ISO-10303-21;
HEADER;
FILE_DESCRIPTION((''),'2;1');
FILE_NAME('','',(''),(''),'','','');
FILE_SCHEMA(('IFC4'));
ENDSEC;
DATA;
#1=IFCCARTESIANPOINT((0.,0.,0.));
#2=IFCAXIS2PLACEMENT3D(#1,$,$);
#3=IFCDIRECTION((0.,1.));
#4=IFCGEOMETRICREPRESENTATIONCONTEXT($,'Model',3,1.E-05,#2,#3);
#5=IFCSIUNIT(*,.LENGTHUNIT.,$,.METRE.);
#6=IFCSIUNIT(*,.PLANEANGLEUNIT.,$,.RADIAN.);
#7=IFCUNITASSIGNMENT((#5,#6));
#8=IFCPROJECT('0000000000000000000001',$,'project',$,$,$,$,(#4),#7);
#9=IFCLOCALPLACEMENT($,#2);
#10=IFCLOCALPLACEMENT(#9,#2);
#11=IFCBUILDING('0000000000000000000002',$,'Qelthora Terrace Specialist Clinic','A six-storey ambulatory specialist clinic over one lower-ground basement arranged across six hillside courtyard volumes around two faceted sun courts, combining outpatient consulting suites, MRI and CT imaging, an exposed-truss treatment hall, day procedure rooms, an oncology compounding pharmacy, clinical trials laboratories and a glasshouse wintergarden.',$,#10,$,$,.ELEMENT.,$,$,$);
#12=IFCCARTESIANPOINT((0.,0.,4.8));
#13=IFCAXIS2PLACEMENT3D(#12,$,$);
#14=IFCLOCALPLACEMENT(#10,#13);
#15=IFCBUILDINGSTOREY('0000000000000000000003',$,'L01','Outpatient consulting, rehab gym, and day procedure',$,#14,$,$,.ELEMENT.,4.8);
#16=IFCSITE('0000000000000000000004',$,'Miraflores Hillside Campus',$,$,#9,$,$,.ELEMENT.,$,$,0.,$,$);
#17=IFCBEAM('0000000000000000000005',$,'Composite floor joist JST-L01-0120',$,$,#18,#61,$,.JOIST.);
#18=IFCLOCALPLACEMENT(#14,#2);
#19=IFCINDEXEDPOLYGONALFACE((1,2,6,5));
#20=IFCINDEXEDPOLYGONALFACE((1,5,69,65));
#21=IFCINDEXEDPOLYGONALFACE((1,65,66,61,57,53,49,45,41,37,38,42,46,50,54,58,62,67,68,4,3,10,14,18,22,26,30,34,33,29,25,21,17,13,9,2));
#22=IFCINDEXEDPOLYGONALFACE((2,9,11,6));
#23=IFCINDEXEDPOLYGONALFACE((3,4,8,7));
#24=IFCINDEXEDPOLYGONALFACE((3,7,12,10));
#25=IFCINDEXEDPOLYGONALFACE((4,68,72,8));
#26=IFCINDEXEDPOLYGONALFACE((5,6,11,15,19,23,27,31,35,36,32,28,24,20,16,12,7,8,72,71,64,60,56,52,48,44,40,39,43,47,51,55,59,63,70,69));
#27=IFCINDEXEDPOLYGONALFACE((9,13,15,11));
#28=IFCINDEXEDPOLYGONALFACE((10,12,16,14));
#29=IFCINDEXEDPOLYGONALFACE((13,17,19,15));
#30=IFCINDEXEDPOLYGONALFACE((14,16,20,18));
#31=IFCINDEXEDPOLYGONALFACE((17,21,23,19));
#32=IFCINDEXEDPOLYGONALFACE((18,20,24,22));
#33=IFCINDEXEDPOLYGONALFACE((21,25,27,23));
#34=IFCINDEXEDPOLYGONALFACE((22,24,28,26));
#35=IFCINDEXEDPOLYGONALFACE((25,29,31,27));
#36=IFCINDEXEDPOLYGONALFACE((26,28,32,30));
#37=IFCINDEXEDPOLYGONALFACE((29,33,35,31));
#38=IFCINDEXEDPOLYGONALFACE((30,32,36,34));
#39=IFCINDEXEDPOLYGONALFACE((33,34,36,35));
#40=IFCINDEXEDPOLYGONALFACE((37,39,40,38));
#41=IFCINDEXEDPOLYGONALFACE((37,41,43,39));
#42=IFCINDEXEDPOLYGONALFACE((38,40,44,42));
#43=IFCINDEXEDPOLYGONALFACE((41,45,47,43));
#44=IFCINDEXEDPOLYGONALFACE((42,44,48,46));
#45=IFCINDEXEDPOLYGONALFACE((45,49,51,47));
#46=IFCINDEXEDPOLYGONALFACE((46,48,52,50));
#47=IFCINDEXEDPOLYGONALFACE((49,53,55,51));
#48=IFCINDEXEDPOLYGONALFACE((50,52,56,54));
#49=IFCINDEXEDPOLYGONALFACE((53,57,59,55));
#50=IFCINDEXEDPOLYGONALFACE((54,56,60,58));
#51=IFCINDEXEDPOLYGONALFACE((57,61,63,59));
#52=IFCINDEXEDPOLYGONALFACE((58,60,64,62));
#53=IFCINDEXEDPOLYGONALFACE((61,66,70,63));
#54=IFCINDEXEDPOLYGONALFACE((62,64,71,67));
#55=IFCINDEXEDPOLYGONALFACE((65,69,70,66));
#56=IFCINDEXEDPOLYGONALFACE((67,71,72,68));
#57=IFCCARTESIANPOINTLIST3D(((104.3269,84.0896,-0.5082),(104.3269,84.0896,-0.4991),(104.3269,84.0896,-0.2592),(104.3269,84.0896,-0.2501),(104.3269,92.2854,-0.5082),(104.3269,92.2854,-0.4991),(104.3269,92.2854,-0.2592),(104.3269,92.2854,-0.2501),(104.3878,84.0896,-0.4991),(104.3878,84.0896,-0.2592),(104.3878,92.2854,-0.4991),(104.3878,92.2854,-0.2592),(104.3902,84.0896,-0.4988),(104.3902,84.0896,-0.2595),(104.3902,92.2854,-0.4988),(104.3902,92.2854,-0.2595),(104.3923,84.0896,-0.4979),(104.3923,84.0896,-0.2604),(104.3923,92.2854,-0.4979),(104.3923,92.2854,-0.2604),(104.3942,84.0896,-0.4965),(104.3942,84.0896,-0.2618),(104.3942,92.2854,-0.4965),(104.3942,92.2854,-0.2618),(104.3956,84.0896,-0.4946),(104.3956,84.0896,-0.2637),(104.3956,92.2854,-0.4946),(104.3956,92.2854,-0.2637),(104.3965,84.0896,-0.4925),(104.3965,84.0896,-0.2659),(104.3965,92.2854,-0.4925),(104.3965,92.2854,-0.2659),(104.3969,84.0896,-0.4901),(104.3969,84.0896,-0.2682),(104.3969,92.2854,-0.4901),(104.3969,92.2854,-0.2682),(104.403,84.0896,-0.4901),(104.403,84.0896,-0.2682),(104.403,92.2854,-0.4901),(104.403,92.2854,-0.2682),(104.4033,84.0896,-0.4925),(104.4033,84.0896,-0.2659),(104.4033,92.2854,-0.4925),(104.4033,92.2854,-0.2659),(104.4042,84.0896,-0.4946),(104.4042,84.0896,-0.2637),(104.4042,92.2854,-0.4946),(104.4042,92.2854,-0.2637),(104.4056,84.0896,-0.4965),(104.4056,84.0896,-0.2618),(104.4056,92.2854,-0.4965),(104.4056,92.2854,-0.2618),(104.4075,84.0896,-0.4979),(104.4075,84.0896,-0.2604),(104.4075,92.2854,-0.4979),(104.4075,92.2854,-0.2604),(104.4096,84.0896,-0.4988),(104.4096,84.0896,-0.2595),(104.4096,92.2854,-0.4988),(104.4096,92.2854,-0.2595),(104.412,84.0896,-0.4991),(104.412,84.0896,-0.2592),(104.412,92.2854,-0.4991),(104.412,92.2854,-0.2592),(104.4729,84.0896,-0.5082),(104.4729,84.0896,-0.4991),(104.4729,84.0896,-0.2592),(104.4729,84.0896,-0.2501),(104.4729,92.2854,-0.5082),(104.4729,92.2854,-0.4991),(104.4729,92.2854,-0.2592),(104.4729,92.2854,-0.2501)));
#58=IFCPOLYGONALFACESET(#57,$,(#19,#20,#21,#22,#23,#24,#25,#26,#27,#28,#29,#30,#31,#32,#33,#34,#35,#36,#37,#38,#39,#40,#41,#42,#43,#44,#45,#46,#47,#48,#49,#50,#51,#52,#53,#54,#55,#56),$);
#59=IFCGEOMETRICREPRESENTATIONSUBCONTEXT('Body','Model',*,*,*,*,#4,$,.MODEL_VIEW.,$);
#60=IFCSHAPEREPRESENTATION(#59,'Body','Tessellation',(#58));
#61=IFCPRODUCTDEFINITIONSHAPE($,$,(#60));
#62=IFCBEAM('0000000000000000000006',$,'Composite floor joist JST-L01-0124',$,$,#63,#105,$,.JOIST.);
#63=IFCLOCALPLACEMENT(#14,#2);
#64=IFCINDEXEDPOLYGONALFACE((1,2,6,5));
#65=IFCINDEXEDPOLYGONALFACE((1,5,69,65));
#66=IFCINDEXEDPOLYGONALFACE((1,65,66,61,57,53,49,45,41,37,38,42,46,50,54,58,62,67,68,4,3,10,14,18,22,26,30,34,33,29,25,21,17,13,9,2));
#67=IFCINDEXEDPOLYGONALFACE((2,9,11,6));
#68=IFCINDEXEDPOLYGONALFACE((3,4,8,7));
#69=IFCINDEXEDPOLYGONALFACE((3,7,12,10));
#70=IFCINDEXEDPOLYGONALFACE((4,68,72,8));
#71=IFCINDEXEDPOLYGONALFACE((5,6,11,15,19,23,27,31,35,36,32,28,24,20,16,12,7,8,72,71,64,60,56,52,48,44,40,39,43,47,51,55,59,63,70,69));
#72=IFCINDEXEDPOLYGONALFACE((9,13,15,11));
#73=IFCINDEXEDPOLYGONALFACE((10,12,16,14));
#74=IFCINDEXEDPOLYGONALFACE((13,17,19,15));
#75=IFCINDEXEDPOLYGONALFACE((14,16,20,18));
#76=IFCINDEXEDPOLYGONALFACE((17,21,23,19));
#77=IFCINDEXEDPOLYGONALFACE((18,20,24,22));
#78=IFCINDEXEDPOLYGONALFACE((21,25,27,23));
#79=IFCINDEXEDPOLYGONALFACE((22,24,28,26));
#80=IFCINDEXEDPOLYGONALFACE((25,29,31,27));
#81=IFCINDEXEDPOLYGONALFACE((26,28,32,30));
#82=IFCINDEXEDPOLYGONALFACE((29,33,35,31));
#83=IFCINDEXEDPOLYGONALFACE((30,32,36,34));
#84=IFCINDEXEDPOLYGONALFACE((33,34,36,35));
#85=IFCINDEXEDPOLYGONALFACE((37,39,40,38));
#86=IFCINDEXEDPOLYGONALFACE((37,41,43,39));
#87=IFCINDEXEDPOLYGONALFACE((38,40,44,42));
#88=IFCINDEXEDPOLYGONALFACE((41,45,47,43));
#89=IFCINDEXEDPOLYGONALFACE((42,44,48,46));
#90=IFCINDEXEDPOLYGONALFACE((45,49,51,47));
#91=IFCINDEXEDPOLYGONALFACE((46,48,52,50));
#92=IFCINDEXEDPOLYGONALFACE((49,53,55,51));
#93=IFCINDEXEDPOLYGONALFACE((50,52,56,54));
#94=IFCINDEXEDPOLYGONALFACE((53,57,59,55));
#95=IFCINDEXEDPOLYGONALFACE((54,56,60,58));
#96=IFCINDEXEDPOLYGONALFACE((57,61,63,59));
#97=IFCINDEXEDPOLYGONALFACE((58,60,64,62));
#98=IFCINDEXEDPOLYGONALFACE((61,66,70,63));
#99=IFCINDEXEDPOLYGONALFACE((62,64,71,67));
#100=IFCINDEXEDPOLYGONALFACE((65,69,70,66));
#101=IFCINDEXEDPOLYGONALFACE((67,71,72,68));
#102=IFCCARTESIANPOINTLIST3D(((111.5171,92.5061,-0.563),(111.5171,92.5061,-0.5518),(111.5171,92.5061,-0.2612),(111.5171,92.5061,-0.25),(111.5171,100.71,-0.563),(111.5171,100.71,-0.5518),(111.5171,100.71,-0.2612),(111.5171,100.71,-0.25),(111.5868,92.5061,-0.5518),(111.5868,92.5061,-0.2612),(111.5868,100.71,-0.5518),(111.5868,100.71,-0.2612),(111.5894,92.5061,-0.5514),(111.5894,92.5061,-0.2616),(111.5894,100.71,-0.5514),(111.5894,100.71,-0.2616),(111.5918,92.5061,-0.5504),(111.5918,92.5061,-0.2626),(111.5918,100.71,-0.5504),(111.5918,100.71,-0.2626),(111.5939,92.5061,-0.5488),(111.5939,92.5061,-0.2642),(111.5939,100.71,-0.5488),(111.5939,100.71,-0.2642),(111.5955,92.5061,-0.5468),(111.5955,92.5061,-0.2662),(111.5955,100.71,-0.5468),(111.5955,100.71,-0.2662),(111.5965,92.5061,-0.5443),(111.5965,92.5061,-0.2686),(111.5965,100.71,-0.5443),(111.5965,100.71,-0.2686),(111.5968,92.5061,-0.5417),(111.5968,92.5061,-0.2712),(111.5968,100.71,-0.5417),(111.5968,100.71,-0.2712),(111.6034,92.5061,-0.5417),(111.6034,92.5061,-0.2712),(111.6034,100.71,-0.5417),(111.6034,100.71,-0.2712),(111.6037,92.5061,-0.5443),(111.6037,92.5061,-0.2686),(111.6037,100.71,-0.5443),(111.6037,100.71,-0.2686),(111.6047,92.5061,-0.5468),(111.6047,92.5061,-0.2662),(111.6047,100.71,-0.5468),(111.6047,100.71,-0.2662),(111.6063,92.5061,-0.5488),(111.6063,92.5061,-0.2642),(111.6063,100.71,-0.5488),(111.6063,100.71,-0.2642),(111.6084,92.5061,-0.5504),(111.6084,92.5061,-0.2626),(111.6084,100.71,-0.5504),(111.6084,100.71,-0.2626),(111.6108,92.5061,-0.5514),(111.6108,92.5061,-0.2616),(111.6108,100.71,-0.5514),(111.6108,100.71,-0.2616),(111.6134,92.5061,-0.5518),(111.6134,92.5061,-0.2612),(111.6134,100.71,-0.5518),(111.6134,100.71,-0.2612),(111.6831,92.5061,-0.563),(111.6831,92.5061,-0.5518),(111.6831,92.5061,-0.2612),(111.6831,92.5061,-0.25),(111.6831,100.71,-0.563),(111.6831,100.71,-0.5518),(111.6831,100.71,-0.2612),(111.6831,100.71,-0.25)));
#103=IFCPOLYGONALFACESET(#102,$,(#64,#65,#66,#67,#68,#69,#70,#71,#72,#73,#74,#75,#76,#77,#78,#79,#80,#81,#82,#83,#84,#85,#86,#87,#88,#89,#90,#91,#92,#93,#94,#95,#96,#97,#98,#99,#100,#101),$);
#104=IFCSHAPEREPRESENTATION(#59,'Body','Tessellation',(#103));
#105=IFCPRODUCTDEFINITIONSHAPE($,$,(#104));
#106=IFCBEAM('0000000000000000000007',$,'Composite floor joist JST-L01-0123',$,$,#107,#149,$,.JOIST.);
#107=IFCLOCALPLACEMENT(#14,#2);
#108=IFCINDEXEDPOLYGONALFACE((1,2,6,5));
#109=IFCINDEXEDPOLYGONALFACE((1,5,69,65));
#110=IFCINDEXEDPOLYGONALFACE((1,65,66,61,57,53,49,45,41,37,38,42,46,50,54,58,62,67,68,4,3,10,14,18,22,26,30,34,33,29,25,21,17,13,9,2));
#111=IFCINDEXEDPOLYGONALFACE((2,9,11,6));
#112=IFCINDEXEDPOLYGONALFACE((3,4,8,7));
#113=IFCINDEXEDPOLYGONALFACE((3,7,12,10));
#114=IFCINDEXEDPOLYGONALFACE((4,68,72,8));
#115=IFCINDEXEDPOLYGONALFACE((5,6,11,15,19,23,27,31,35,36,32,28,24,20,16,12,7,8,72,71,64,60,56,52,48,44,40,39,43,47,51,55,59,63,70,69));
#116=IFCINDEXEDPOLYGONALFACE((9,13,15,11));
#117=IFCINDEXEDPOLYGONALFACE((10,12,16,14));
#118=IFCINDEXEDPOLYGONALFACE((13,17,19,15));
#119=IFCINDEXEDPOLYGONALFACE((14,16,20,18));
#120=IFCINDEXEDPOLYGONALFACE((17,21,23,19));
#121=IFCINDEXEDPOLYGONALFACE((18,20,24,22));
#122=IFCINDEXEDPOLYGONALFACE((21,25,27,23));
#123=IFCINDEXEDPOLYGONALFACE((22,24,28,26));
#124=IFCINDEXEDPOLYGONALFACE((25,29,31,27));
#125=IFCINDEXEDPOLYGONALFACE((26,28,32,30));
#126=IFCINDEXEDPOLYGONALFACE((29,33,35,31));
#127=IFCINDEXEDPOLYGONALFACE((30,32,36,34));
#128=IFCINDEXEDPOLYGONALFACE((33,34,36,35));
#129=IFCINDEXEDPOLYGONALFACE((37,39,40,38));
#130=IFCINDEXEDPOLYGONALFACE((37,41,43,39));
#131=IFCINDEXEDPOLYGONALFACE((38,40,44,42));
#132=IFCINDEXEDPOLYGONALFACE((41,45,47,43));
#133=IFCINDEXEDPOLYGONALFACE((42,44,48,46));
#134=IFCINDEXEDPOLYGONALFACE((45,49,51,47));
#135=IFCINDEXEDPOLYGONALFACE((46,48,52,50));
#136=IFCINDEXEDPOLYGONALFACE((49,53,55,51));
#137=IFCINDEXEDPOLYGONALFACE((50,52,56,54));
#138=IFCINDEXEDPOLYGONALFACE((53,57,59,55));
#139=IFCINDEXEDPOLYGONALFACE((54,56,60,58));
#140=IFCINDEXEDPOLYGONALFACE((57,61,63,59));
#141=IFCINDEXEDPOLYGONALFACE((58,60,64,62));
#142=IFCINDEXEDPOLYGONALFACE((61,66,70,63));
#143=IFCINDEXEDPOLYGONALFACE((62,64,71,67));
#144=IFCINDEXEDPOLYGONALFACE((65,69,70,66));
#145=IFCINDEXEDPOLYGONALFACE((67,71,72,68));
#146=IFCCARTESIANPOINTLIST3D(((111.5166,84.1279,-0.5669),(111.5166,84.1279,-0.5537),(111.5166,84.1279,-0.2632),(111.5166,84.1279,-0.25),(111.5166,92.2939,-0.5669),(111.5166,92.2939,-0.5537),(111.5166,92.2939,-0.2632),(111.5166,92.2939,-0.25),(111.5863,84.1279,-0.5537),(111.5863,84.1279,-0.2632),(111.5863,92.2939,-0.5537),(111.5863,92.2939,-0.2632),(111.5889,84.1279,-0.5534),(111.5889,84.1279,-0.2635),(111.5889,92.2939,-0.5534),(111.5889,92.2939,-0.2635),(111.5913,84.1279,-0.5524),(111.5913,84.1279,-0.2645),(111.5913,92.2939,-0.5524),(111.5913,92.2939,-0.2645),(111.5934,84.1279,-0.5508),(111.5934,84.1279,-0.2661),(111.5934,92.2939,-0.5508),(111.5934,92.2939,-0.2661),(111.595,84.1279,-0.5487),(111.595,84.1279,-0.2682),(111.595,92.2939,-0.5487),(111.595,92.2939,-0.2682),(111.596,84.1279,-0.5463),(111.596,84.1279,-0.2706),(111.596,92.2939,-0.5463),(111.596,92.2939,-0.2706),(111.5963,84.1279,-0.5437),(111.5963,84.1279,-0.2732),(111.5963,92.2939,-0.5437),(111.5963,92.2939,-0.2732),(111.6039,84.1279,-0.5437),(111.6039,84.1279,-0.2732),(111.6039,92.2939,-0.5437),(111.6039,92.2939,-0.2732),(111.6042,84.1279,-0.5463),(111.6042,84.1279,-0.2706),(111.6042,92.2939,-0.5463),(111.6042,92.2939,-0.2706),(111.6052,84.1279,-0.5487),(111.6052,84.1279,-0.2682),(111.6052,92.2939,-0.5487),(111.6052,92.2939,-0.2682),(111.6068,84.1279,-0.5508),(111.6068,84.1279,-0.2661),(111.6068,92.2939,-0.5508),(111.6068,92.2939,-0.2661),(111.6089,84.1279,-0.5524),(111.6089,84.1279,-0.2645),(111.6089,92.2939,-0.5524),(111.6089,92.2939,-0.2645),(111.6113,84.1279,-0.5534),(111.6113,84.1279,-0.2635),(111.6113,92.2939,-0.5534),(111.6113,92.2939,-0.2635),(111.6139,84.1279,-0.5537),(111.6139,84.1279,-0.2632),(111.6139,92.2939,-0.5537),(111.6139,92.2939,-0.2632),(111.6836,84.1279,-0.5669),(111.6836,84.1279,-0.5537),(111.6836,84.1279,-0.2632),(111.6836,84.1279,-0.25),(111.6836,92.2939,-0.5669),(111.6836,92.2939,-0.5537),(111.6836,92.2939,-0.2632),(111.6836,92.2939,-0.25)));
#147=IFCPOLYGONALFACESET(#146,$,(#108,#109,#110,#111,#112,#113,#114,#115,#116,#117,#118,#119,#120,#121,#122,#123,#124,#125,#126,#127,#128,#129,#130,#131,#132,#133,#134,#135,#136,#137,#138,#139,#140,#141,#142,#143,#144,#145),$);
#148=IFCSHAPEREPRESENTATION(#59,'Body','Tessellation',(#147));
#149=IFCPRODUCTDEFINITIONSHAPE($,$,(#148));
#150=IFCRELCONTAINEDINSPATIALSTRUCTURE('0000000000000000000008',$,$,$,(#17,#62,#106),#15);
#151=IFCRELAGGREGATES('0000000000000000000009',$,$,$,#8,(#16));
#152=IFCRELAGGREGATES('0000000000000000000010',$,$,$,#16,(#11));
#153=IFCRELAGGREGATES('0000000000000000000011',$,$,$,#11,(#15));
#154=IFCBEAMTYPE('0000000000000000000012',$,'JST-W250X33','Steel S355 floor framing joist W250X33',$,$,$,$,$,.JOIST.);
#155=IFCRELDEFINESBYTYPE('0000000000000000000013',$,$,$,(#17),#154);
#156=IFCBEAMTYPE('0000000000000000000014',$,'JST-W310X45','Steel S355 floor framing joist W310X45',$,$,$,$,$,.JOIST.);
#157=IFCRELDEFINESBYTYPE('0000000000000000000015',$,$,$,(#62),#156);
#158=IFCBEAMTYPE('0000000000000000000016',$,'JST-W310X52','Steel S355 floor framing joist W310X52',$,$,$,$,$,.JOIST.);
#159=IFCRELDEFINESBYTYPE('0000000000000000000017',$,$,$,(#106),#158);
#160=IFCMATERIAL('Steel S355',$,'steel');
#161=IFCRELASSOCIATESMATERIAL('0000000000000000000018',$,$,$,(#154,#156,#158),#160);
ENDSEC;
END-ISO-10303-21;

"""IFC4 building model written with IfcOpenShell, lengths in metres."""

from ifc_helpers import new_model, si_unit, direction, frame, origin, origin_2d, place, context, subcontext, project, spatial, i_section, extrude, material, material_profile, profile_set, type_object, element, save


model = new_model("IFC4")

# Units and contexts
model_context = context("Model", 3, precision=1e-05, world=origin(), true_north=direction((0.0, 1.0)))
body_context = subcontext(model_context, "Body", "Model", "MODEL_VIEW")
ifc_project = project(units=[si_unit("LENGTHUNIT", "METRE"), si_unit("PLANEANGLEUNIT", "RADIAN")], contexts=[model_context])

# Site, building, storey
site_placement = place(None, origin())
site = spatial("IfcSite", under=ifc_project, at=site_placement, Name="Miraflores Hillside Campus", CompositionType="ELEMENT", RefElevation=0.0)
building_placement = place(site_placement, origin())
building = spatial("IfcBuilding", under=site, at=building_placement, Name="Qelthora Terrace Specialist Clinic", Description="A six-storey ambulatory specialist clinic over one lower-ground basement arranged across six hillside courtyard volumes around two faceted sun courts, combining outpatient consulting suites, MRI and CT imaging, an exposed-truss treatment hall, day procedure rooms, an oncology compounding pharmacy, clinical trials laboratories and a glasshouse wintergarden.", CompositionType="ELEMENT")
storey_placement = place(building_placement, frame((0.0, 0.0, 4.8)))
storey = spatial("IfcBuildingStorey", under=building, at=storey_placement, Name="L01", Description="Outpatient consulting, rehab gym, and day procedure", CompositionType="ELEMENT", Elevation=4.8)

# Shared definitions
ifc_material_1 = material(Name="Steel S355", Category="steel")

# Beams
ifc_material_profile_1 = material_profile(ifc_material_1, i_section(OverallWidth=0.146, OverallDepth=0.2581, WebThickness=0.0061, FlangeThickness=0.009, FilletRadius=0.009, at=origin_2d()), Name="W250X33")
ifc_profile_set_1 = profile_set([ifc_material_profile_1], Name="Steel S355")
beam_type_1 = type_object("IfcBeamType", Name="JST-W250X33", Description="Steel S355 floor framing joist W250X33", PredefinedType="JOIST", material=ifc_profile_set_1)
beam_1_placement = place(storey_placement, frame((104.3999, 84.0896, -0.3792), z_axis=(0.0, 1.0, 0.0), x_axis=(-1.0, 0.0, 0.0)))
element("IfcBeam", 1, at=beam_1_placement, inside=storey, type_object=beam_type_1, Name="Composite floor joist JST-L01-0120", PredefinedType="JOIST", context=body_context, shape_type="SweptSolid", body=[
    extrude(i_section(OverallWidth=0.146, OverallDepth=0.2581, WebThickness=0.0061, FlangeThickness=0.009, FilletRadius=0.009, at=origin_2d()), origin(), (0.0, 0.0, 1.0), 8.1958),
])
ifc_material_profile_2 = material_profile(ifc_material_1, i_section(OverallWidth=0.166, OverallDepth=0.313, WebThickness=0.0066, FlangeThickness=0.0112, FilletRadius=0.01, at=origin_2d()), Name="W310X45")
ifc_profile_set_2 = profile_set([ifc_material_profile_2], Name="Steel S355")
beam_type_2 = type_object("IfcBeamType", Name="JST-W310X45", Description="Steel S355 floor framing joist W310X45", PredefinedType="JOIST", material=ifc_profile_set_2)
beam_2_placement = place(storey_placement, frame((111.6001, 92.5061, -0.4065), z_axis=(0.0, 1.0, 0.0), x_axis=(-1.0, 0.0, 0.0)))
element("IfcBeam", 2, at=beam_2_placement, inside=storey, type_object=beam_type_2, Name="Composite floor joist JST-L01-0124", PredefinedType="JOIST", context=body_context, shape_type="SweptSolid", body=[
    extrude(i_section(OverallWidth=0.166, OverallDepth=0.313, WebThickness=0.0066, FlangeThickness=0.0112, FilletRadius=0.01, at=origin_2d()), origin(), (0.0, 0.0, 1.0), 8.2039),
])
ifc_material_profile_3 = material_profile(ifc_material_1, i_section(OverallWidth=0.167, OverallDepth=0.3169, WebThickness=0.0076, FlangeThickness=0.0132, FilletRadius=0.01, at=origin_2d()), Name="W310X52")
ifc_profile_set_3 = profile_set([ifc_material_profile_3], Name="Steel S355")
beam_type_3 = type_object("IfcBeamType", Name="JST-W310X52", Description="Steel S355 floor framing joist W310X52", PredefinedType="JOIST", material=ifc_profile_set_3)
beam_3_placement = place(storey_placement, frame((111.6001, 84.1279, -0.4084), z_axis=(0.0, 1.0, 0.0), x_axis=(-1.0, 0.0, 0.0)))
element("IfcBeam", 3, at=beam_3_placement, inside=storey, type_object=beam_type_3, Name="Composite floor joist JST-L01-0123", PredefinedType="JOIST", context=body_context, shape_type="SweptSolid", body=[
    extrude(i_section(OverallWidth=0.167, OverallDepth=0.3169, WebThickness=0.0076, FlangeThickness=0.0132, FilletRadius=0.01, at=origin_2d()), origin(), (0.0, 0.0, 1.0), 8.166),
])

save(model, "model.ifc")
